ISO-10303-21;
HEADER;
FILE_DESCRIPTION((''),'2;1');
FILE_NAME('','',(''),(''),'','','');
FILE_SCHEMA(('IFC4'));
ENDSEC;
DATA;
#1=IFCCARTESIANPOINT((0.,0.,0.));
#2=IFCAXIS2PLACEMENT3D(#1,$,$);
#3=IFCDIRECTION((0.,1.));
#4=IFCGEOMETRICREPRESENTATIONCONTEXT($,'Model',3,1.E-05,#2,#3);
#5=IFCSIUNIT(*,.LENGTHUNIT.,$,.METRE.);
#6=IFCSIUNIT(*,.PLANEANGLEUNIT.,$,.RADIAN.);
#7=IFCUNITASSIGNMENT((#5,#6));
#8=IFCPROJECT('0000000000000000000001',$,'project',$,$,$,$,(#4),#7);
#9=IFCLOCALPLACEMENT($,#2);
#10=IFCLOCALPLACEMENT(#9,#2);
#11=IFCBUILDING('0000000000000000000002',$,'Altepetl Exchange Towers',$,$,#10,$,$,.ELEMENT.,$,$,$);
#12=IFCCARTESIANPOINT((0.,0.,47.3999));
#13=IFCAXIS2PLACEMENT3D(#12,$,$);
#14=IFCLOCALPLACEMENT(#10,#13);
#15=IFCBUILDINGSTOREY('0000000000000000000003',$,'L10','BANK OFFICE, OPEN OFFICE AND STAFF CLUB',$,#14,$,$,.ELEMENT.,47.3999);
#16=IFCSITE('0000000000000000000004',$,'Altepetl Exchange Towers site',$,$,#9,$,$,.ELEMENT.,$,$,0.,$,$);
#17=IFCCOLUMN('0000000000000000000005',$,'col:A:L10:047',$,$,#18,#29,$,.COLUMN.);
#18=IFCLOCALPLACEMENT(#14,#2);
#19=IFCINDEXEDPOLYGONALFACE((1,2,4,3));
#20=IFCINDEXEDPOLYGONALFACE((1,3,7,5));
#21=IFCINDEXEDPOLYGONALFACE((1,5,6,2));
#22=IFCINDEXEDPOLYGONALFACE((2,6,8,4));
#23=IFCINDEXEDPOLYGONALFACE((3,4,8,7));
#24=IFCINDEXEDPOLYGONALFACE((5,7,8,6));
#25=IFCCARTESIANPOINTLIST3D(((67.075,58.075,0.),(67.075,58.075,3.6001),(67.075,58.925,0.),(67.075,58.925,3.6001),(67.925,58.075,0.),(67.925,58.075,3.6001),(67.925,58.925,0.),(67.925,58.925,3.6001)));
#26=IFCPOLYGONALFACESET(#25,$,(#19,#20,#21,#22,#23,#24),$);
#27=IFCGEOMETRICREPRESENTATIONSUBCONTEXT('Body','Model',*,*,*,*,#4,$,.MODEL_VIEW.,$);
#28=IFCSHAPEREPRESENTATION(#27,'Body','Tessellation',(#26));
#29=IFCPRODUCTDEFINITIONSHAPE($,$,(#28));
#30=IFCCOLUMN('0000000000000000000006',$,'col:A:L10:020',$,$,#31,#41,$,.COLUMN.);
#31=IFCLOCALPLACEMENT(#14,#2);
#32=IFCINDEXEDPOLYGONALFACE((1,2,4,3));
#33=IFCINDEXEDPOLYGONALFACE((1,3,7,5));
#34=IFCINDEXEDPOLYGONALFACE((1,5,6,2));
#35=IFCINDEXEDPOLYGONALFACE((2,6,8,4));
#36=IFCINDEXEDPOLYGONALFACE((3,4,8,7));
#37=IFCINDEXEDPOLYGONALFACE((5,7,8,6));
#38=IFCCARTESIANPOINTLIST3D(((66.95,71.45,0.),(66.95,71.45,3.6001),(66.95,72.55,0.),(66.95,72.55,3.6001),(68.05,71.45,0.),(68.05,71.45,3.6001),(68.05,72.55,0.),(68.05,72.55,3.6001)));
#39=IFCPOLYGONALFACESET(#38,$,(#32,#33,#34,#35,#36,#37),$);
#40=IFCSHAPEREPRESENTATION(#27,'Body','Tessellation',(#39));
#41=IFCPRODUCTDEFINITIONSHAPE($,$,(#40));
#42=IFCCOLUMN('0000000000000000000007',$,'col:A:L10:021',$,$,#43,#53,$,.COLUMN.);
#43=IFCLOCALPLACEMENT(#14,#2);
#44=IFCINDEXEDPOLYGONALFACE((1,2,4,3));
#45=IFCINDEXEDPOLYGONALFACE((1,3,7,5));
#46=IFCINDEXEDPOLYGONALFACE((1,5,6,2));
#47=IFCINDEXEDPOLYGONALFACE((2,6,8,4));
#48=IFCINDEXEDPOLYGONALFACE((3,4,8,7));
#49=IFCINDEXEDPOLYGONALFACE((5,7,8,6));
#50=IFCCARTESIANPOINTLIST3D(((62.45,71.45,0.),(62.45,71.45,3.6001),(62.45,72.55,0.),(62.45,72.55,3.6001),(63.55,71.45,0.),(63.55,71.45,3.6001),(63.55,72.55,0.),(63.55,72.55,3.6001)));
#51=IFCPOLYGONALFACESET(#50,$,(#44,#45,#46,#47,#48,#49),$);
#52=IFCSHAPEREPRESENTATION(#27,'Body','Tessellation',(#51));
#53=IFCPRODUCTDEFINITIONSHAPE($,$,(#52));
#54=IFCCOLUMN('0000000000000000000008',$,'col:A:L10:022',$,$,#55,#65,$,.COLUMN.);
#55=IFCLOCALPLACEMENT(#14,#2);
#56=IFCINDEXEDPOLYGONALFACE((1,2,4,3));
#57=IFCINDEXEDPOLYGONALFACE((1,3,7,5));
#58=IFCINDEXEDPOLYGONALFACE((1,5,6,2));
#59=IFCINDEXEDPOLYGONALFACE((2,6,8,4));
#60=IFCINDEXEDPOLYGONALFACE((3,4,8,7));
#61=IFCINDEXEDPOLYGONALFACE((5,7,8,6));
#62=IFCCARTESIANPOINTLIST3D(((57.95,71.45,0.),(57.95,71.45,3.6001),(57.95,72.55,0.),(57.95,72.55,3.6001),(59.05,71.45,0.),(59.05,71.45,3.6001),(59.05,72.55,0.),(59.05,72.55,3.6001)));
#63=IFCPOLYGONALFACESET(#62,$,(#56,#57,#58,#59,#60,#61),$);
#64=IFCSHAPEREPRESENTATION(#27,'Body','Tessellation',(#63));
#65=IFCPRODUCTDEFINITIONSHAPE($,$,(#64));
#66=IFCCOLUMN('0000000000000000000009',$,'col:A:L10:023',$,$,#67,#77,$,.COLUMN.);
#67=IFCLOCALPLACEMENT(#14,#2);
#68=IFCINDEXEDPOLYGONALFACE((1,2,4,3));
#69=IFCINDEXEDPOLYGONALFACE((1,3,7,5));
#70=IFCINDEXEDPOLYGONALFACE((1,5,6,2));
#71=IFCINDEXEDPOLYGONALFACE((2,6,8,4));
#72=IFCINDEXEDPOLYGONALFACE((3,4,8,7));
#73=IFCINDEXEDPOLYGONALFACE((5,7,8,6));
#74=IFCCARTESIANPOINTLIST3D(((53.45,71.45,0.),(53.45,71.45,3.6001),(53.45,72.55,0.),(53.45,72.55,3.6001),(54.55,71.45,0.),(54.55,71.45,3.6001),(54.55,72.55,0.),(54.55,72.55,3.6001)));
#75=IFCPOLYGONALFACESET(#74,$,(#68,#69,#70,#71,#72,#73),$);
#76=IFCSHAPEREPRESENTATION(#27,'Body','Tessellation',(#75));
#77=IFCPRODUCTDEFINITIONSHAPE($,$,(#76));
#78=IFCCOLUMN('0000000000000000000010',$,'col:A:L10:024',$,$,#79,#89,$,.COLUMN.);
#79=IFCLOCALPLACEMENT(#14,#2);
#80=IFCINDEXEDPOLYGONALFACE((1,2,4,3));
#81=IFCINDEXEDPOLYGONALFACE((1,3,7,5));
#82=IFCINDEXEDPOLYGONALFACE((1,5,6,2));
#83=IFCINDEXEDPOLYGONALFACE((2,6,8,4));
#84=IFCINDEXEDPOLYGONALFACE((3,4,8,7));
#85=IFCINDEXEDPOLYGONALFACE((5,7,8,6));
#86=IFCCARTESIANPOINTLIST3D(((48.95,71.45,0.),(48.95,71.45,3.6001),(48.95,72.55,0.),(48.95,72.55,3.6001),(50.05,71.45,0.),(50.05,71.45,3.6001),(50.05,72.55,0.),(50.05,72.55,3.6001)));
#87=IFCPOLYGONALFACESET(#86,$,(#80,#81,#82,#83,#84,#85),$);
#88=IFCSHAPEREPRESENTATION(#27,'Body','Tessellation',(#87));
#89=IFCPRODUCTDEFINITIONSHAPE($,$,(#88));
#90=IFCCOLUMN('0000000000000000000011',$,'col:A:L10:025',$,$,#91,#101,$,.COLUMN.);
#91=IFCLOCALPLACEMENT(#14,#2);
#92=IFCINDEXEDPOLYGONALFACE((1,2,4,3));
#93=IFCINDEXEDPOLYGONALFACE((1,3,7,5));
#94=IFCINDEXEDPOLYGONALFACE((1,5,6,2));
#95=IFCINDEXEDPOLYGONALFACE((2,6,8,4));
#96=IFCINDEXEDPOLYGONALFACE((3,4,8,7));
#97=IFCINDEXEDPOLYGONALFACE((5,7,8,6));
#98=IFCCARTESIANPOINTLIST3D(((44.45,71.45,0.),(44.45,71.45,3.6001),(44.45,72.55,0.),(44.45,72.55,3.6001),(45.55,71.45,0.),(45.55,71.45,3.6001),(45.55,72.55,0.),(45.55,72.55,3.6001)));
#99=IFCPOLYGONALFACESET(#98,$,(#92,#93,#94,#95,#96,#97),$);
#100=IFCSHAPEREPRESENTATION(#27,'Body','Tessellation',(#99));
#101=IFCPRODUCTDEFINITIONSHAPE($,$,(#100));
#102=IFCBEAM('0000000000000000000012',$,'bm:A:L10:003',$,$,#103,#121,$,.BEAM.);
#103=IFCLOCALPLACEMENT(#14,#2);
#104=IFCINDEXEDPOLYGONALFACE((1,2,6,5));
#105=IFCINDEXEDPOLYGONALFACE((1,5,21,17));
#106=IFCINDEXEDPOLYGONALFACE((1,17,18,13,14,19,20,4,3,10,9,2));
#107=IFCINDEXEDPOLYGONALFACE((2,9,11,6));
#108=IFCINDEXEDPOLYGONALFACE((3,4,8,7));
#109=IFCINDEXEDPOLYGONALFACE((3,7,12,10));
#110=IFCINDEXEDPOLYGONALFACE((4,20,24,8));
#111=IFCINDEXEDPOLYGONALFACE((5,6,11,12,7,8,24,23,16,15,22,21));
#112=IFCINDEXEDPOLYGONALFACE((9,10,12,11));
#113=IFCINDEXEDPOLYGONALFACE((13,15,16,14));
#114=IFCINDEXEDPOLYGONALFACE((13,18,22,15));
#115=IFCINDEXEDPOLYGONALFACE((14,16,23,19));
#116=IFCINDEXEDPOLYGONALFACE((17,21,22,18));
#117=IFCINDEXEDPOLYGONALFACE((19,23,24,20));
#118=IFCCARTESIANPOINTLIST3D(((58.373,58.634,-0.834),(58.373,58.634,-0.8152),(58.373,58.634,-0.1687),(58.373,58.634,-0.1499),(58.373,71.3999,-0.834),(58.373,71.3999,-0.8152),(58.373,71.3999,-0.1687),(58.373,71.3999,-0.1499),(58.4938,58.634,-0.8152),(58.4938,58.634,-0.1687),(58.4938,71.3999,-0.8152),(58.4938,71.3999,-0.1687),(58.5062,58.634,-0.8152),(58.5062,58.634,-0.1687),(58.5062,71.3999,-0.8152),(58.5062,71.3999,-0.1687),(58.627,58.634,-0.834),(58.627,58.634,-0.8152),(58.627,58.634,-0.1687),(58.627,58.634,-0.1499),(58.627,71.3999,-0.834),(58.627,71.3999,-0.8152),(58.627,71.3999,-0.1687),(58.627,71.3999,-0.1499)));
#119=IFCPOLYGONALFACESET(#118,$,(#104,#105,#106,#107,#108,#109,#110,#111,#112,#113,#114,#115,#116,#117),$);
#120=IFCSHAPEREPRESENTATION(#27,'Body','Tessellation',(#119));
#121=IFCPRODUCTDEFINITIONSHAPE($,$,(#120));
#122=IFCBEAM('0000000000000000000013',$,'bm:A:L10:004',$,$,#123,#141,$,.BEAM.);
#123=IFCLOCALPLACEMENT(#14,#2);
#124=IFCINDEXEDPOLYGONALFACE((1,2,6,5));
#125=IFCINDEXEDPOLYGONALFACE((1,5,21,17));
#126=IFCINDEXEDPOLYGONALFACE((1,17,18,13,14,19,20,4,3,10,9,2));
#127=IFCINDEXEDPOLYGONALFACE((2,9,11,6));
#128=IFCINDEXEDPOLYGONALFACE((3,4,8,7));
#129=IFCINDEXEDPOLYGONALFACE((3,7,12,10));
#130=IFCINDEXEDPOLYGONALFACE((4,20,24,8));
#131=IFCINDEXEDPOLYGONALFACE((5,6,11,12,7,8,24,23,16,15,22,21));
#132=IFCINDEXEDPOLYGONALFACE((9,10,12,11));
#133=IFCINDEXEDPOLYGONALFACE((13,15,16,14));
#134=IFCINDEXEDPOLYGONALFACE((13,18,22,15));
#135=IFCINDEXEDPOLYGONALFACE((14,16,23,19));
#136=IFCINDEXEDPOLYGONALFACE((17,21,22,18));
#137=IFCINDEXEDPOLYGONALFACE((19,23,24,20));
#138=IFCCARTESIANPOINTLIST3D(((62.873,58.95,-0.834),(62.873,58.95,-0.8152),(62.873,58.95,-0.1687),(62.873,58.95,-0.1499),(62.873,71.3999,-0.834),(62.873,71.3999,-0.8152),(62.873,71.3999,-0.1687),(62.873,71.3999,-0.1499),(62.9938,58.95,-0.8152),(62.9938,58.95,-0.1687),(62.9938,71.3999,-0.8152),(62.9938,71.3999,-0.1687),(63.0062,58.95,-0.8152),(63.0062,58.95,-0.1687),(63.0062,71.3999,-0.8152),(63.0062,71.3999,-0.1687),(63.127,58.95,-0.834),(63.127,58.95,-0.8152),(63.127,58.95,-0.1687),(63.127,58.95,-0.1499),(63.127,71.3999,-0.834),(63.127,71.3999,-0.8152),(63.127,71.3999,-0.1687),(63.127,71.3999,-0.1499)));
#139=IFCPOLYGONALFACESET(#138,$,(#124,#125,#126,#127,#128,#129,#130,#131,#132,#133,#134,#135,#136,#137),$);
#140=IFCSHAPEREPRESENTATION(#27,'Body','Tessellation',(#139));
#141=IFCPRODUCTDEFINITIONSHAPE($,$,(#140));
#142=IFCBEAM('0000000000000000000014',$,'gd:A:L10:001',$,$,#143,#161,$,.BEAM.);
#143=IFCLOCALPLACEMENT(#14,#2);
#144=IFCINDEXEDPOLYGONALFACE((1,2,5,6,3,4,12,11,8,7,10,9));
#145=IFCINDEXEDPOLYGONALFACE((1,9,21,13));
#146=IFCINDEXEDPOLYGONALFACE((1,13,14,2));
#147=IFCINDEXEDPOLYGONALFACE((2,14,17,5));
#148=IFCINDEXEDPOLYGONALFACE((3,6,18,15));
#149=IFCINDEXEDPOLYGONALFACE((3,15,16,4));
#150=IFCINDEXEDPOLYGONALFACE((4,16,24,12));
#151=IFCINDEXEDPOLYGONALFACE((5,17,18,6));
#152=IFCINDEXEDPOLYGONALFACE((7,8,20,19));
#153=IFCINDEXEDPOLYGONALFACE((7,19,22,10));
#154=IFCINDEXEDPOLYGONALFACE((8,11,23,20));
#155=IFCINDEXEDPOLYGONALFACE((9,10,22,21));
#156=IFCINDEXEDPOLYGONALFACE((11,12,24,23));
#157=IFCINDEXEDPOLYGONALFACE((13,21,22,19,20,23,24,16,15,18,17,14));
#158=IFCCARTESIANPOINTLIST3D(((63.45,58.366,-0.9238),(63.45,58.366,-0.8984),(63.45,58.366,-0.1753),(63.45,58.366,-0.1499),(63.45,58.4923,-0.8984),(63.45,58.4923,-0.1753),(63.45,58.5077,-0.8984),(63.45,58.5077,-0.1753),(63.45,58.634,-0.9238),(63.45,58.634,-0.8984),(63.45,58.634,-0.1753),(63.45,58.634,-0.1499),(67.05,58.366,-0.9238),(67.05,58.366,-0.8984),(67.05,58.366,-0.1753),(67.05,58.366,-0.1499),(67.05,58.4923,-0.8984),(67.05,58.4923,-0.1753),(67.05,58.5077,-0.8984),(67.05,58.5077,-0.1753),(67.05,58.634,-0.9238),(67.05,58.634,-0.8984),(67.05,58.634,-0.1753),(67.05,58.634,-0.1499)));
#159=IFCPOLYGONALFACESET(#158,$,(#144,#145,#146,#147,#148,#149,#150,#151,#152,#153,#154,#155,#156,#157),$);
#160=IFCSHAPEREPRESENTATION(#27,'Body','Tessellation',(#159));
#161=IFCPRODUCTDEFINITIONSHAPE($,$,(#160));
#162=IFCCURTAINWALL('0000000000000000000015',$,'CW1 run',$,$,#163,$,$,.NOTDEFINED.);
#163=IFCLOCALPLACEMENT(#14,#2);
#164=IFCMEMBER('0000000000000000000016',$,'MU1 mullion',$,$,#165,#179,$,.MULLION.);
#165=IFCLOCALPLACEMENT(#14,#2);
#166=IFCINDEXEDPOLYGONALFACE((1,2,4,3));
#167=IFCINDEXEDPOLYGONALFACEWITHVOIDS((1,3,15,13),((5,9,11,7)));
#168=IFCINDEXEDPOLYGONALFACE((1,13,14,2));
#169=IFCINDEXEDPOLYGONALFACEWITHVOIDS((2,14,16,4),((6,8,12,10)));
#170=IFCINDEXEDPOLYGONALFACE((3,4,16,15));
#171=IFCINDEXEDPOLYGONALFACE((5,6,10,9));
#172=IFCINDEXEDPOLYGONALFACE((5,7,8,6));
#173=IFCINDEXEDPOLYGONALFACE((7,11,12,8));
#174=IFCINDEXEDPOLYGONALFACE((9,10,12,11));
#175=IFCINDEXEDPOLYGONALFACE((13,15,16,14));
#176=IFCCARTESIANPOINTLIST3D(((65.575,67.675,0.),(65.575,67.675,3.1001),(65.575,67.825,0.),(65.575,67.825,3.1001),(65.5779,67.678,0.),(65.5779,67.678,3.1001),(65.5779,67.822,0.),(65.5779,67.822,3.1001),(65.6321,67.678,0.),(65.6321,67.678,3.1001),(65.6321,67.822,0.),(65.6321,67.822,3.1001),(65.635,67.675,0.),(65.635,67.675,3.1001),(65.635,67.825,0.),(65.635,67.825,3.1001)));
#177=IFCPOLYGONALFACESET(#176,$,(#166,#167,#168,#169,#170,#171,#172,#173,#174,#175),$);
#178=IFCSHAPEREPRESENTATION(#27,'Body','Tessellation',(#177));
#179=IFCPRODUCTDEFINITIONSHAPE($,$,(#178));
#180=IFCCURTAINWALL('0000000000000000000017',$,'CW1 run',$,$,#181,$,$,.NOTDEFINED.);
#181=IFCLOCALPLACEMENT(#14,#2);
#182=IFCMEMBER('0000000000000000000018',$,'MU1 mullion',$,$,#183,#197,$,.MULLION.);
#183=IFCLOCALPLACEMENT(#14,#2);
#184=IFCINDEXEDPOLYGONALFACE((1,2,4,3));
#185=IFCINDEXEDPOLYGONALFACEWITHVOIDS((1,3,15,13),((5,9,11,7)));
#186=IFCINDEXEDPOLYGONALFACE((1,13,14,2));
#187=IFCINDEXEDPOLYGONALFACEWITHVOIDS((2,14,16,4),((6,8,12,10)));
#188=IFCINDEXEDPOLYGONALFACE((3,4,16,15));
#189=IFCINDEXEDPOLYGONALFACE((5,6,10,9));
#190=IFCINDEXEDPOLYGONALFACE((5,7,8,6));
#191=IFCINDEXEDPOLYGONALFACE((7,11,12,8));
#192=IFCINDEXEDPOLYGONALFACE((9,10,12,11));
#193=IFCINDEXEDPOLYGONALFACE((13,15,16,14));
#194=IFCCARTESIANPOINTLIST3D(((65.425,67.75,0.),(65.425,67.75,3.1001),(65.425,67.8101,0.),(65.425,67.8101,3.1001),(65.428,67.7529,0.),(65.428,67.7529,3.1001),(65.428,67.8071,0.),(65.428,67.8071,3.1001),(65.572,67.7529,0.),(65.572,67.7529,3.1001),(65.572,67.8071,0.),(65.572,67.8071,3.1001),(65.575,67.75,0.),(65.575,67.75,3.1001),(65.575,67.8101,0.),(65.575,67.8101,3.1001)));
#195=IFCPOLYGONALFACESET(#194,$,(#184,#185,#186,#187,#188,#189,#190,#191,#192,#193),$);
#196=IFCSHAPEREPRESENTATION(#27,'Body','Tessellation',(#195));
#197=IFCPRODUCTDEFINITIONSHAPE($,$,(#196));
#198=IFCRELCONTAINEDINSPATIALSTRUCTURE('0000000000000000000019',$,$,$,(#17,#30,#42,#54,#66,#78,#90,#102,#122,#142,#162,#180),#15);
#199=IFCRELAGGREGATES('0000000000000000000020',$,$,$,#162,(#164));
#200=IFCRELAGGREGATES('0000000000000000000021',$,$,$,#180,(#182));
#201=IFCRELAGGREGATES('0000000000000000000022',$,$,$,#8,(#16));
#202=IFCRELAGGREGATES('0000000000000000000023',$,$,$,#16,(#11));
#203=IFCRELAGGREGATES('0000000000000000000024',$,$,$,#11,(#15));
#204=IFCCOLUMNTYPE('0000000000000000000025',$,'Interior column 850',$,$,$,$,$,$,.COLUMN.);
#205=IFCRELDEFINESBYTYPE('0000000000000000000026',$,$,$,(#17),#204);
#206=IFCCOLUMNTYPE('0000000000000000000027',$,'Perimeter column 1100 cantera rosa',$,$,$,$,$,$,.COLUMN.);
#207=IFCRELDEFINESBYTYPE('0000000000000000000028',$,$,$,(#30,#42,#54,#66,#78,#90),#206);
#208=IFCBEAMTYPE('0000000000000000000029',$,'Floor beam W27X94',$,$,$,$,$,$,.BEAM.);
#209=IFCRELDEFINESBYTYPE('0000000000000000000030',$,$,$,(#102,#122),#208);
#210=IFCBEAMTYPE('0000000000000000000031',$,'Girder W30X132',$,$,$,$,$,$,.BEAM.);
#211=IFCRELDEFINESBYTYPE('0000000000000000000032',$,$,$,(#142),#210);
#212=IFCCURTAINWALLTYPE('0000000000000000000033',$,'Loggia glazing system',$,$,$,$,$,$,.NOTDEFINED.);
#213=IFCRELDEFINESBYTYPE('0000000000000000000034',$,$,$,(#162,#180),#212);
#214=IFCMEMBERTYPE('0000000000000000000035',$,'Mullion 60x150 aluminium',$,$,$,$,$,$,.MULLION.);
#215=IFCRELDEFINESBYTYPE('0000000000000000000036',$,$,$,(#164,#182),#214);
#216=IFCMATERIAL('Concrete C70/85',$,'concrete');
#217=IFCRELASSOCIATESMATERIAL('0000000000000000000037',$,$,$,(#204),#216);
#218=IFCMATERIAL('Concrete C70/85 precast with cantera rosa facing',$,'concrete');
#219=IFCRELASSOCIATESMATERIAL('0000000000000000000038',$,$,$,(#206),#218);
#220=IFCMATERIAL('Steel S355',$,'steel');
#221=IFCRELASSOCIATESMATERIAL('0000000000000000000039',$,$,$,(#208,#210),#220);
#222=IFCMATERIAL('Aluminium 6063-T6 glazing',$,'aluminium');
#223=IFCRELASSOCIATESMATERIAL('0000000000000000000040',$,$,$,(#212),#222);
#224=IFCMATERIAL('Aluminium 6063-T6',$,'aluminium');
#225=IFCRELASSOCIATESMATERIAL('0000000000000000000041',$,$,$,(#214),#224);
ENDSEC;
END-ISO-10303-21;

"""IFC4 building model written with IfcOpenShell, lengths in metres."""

from ifc_helpers import new_model, si_unit, direction, frame, origin, origin_2d, place, context, subcontext, project, spatial, rectangle, hollow_rectangle, i_section, extrude, material, material_profile, profile_set, type_object, element, aggregate, save


model = new_model("IFC4")

# Units and contexts
model_context = context("Model", 3, precision=1e-05, world=origin(), true_north=direction((0.0, 1.0)))
body_context = subcontext(model_context, "Body", "Model", "MODEL_VIEW")
ifc_project = project(units=[si_unit("LENGTHUNIT", "METRE"), si_unit("PLANEANGLEUNIT", "RADIAN")], contexts=[model_context])

# Site, building, storey
site_placement = place(None, origin())
site = spatial("IfcSite", under=ifc_project, at=site_placement, Name="Altepetl Exchange Towers site", CompositionType="ELEMENT", RefElevation=0.0)
building_placement = place(site_placement, origin())
building = spatial("IfcBuilding", under=site, at=building_placement, Name="Altepetl Exchange Towers", CompositionType="ELEMENT")
storey_placement = place(building_placement, frame((0.0, 0.0, 47.3999)))
storey = spatial("IfcBuildingStorey", under=building, at=storey_placement, Name="L10", Description="BANK OFFICE, OPEN OFFICE AND STAFF CLUB", CompositionType="ELEMENT", Elevation=47.3999)

# Columns
ifc_material_1 = material(Name="Concrete C70/85", Category="concrete")
ifc_material_profile_1 = material_profile(ifc_material_1, rectangle(XDim=0.8501, YDim=0.8501, at=origin_2d()), Name="850 x 850")
ifc_profile_set_1 = profile_set([ifc_material_profile_1], Name="Concrete C70/85")
column_type_1 = type_object("IfcColumnType", Name="Interior column 850", PredefinedType="COLUMN", material=ifc_profile_set_1)
column_placement = place(storey_placement, frame((67.5, 58.5, 0.0)))
element("IfcColumn", 1, at=column_placement, inside=storey, type_object=column_type_1, Name="col:A:L10:047", PredefinedType="COLUMN", context=body_context, shape_type="SweptSolid", body=[
    extrude(rectangle(XDim=0.8501, YDim=0.8501, at=origin_2d()), origin(), (0.0, 0.0, 1.0), 3.6001),
])
ifc_material_2 = material(Name="Concrete C70/85 precast with cantera rosa facing", Category="concrete")
ifc_material_profile_2 = material_profile(ifc_material_2, rectangle(XDim=1.1001, YDim=1.1001, at=origin_2d()), Name="1100 x 1100")
ifc_profile_set_2 = profile_set([ifc_material_profile_2], Name="Concrete C70/85 precast with cantera rosa facing")
column_type_2 = type_object("IfcColumnType", Name="Perimeter column 1100 cantera rosa", PredefinedType="COLUMN", material=ifc_profile_set_2)
for number, where, name in (
    (2, (67.5, 72.0, 0.0), "col:A:L10:020"),
    (3, (63.0, 72.0, 0.0), "col:A:L10:021"),
    (4, (58.5, 72.0, 0.0), "col:A:L10:022"),
    (5, (54.0, 72.0, 0.0), "col:A:L10:023"),
    (6, (49.5, 72.0, 0.0), "col:A:L10:024"),
    (7, (45.0, 72.0, 0.0), "col:A:L10:025"),
):
    element("IfcColumn", number, at=place(storey_placement, frame(where)), inside=storey, type_object=column_type_2, Name=name, PredefinedType="COLUMN", context=body_context, shape_type="SweptSolid", body=[
        extrude(rectangle(XDim=1.1001, YDim=1.1001, at=origin_2d()), origin(), (0.0, 0.0, 1.0), 3.6001),
    ])

# Beams
ifc_material_3 = material(Name="Steel S355", Category="steel")
ifc_material_profile_3 = material_profile(ifc_material_3, i_section(OverallWidth=0.2539, OverallDepth=0.6841, WebThickness=0.0125, FlangeThickness=0.0188, at=origin_2d()), Name="W27X94")
ifc_profile_set_3 = profile_set([ifc_material_profile_3], Name="Steel S355")
beam_type_1 = type_object("IfcBeamType", Name="Floor beam W27X94", PredefinedType="BEAM", material=ifc_profile_set_3)
beam_1_placement = place(storey_placement, frame((58.5, 58.634, -0.4919), z_axis=(0.0, 1.0, 0.0), x_axis=(-1.0, 0.0, 0.0)))
element("IfcBeam", 8, at=beam_1_placement, inside=storey, type_object=beam_type_1, Name="bm:A:L10:003", PredefinedType="BEAM", context=body_context, shape_type="SweptSolid", body=[
    extrude(i_section(OverallWidth=0.2539, OverallDepth=0.6841, WebThickness=0.0125, FlangeThickness=0.0188, at=origin_2d()), origin(), (0.0, 0.0, 1.0), 12.7659),
])
beam_2_placement = place(storey_placement, frame((63.0, 58.95, -0.4919), z_axis=(0.0, 1.0, 0.0), x_axis=(-1.0, 0.0, 0.0)))
element("IfcBeam", 9, at=beam_2_placement, inside=storey, type_object=beam_type_1, Name="bm:A:L10:004", PredefinedType="BEAM", context=body_context, shape_type="SweptSolid", body=[
    extrude(i_section(OverallWidth=0.2539, OverallDepth=0.6841, WebThickness=0.0125, FlangeThickness=0.0188, at=origin_2d()), origin(), (0.0, 0.0, 1.0), 12.45),
])
ifc_material_profile_4 = material_profile(ifc_material_3, i_section(OverallWidth=0.2681, OverallDepth=0.7739, WebThickness=0.0154, FlangeThickness=0.0254, at=origin_2d()), Name="W30X132")
ifc_profile_set_4 = profile_set([ifc_material_profile_4], Name="Steel S355")
beam_type_2 = type_object("IfcBeamType", Name="Girder W30X132", PredefinedType="BEAM", material=ifc_profile_set_4)
beam_3_placement = place(storey_placement, frame((63.45, 58.5, -0.5369), z_axis=(1.0, 0.0, 0.0), x_axis=(0.0, 1.0, 0.0)))
element("IfcBeam", 10, at=beam_3_placement, inside=storey, type_object=beam_type_2, Name="gd:A:L10:001", PredefinedType="BEAM", context=body_context, shape_type="SweptSolid", body=[
    extrude(i_section(OverallWidth=0.2681, OverallDepth=0.7739, WebThickness=0.0154, FlangeThickness=0.0254, at=origin_2d()), origin(), (0.0, 0.0, 1.0), 3.6001),
])

# Curtain wall, member
ifc_material_4 = material(Name="Aluminium 6063-T6 glazing", Category="aluminium")
curtain_wall_type = type_object("IfcCurtainWallType", Name="Loggia glazing system", PredefinedType="NOTDEFINED", material=ifc_material_4)
curtain_wall_1_placement = place(storey_placement, origin())
curtain_wall_1 = element("IfcCurtainWall", 11, at=curtain_wall_1_placement, inside=storey, type_object=curtain_wall_type, Name="CW1 run", PredefinedType="NOTDEFINED")
ifc_material_5 = material(Name="Aluminium 6063-T6", Category="aluminium")
ifc_material_profile_5 = material_profile(ifc_material_5, hollow_rectangle(XDim=0.0601, YDim=0.1499, WallThickness=0.0029, at=origin_2d()), Name="Mullion 60x150 aluminium")
ifc_profile_set_5 = profile_set([ifc_material_profile_5], Name="Aluminium 6063-T6")
member_type = type_object("IfcMemberType", Name="Mullion 60x150 aluminium", PredefinedType="MULLION", material=ifc_profile_set_5)
member_1_placement = place(storey_placement, frame((65.605, 67.75, 0.0), z_axis=(0.0, 0.0, 1.0), x_axis=(-1.0, 0.0, 0.0)))
member_1 = element("IfcMember", 12, at=member_1_placement, type_object=member_type, Name="MU1 mullion", PredefinedType="MULLION", context=body_context, shape_type="SweptSolid", body=[
    extrude(hollow_rectangle(XDim=0.0601, YDim=0.1499, WallThickness=0.0029, at=origin_2d()), origin(), (0.0, 0.0, 1.0), 3.1001),
])

# Curtain wall, member
curtain_wall_2_placement = place(storey_placement, origin())
curtain_wall_2 = element("IfcCurtainWall", 13, at=curtain_wall_2_placement, inside=storey, type_object=curtain_wall_type, Name="CW1 run", PredefinedType="NOTDEFINED")
member_2_placement = place(storey_placement, frame((65.5, 67.78, 0.0), z_axis=(0.0, 0.0, 1.0), x_axis=(0.0, 1.0, 0.0)))
member_2 = element("IfcMember", 14, at=member_2_placement, type_object=member_type, Name="MU1 mullion", PredefinedType="MULLION", context=body_context, shape_type="SweptSolid", body=[
    extrude(hollow_rectangle(XDim=0.0601, YDim=0.1499, WallThickness=0.0029, at=origin_2d()), origin(), (0.0, 0.0, 1.0), 3.1001),
])

aggregate(curtain_wall_1, [member_1])
aggregate(curtain_wall_2, [member_2])

save(model, "model.ifc")
